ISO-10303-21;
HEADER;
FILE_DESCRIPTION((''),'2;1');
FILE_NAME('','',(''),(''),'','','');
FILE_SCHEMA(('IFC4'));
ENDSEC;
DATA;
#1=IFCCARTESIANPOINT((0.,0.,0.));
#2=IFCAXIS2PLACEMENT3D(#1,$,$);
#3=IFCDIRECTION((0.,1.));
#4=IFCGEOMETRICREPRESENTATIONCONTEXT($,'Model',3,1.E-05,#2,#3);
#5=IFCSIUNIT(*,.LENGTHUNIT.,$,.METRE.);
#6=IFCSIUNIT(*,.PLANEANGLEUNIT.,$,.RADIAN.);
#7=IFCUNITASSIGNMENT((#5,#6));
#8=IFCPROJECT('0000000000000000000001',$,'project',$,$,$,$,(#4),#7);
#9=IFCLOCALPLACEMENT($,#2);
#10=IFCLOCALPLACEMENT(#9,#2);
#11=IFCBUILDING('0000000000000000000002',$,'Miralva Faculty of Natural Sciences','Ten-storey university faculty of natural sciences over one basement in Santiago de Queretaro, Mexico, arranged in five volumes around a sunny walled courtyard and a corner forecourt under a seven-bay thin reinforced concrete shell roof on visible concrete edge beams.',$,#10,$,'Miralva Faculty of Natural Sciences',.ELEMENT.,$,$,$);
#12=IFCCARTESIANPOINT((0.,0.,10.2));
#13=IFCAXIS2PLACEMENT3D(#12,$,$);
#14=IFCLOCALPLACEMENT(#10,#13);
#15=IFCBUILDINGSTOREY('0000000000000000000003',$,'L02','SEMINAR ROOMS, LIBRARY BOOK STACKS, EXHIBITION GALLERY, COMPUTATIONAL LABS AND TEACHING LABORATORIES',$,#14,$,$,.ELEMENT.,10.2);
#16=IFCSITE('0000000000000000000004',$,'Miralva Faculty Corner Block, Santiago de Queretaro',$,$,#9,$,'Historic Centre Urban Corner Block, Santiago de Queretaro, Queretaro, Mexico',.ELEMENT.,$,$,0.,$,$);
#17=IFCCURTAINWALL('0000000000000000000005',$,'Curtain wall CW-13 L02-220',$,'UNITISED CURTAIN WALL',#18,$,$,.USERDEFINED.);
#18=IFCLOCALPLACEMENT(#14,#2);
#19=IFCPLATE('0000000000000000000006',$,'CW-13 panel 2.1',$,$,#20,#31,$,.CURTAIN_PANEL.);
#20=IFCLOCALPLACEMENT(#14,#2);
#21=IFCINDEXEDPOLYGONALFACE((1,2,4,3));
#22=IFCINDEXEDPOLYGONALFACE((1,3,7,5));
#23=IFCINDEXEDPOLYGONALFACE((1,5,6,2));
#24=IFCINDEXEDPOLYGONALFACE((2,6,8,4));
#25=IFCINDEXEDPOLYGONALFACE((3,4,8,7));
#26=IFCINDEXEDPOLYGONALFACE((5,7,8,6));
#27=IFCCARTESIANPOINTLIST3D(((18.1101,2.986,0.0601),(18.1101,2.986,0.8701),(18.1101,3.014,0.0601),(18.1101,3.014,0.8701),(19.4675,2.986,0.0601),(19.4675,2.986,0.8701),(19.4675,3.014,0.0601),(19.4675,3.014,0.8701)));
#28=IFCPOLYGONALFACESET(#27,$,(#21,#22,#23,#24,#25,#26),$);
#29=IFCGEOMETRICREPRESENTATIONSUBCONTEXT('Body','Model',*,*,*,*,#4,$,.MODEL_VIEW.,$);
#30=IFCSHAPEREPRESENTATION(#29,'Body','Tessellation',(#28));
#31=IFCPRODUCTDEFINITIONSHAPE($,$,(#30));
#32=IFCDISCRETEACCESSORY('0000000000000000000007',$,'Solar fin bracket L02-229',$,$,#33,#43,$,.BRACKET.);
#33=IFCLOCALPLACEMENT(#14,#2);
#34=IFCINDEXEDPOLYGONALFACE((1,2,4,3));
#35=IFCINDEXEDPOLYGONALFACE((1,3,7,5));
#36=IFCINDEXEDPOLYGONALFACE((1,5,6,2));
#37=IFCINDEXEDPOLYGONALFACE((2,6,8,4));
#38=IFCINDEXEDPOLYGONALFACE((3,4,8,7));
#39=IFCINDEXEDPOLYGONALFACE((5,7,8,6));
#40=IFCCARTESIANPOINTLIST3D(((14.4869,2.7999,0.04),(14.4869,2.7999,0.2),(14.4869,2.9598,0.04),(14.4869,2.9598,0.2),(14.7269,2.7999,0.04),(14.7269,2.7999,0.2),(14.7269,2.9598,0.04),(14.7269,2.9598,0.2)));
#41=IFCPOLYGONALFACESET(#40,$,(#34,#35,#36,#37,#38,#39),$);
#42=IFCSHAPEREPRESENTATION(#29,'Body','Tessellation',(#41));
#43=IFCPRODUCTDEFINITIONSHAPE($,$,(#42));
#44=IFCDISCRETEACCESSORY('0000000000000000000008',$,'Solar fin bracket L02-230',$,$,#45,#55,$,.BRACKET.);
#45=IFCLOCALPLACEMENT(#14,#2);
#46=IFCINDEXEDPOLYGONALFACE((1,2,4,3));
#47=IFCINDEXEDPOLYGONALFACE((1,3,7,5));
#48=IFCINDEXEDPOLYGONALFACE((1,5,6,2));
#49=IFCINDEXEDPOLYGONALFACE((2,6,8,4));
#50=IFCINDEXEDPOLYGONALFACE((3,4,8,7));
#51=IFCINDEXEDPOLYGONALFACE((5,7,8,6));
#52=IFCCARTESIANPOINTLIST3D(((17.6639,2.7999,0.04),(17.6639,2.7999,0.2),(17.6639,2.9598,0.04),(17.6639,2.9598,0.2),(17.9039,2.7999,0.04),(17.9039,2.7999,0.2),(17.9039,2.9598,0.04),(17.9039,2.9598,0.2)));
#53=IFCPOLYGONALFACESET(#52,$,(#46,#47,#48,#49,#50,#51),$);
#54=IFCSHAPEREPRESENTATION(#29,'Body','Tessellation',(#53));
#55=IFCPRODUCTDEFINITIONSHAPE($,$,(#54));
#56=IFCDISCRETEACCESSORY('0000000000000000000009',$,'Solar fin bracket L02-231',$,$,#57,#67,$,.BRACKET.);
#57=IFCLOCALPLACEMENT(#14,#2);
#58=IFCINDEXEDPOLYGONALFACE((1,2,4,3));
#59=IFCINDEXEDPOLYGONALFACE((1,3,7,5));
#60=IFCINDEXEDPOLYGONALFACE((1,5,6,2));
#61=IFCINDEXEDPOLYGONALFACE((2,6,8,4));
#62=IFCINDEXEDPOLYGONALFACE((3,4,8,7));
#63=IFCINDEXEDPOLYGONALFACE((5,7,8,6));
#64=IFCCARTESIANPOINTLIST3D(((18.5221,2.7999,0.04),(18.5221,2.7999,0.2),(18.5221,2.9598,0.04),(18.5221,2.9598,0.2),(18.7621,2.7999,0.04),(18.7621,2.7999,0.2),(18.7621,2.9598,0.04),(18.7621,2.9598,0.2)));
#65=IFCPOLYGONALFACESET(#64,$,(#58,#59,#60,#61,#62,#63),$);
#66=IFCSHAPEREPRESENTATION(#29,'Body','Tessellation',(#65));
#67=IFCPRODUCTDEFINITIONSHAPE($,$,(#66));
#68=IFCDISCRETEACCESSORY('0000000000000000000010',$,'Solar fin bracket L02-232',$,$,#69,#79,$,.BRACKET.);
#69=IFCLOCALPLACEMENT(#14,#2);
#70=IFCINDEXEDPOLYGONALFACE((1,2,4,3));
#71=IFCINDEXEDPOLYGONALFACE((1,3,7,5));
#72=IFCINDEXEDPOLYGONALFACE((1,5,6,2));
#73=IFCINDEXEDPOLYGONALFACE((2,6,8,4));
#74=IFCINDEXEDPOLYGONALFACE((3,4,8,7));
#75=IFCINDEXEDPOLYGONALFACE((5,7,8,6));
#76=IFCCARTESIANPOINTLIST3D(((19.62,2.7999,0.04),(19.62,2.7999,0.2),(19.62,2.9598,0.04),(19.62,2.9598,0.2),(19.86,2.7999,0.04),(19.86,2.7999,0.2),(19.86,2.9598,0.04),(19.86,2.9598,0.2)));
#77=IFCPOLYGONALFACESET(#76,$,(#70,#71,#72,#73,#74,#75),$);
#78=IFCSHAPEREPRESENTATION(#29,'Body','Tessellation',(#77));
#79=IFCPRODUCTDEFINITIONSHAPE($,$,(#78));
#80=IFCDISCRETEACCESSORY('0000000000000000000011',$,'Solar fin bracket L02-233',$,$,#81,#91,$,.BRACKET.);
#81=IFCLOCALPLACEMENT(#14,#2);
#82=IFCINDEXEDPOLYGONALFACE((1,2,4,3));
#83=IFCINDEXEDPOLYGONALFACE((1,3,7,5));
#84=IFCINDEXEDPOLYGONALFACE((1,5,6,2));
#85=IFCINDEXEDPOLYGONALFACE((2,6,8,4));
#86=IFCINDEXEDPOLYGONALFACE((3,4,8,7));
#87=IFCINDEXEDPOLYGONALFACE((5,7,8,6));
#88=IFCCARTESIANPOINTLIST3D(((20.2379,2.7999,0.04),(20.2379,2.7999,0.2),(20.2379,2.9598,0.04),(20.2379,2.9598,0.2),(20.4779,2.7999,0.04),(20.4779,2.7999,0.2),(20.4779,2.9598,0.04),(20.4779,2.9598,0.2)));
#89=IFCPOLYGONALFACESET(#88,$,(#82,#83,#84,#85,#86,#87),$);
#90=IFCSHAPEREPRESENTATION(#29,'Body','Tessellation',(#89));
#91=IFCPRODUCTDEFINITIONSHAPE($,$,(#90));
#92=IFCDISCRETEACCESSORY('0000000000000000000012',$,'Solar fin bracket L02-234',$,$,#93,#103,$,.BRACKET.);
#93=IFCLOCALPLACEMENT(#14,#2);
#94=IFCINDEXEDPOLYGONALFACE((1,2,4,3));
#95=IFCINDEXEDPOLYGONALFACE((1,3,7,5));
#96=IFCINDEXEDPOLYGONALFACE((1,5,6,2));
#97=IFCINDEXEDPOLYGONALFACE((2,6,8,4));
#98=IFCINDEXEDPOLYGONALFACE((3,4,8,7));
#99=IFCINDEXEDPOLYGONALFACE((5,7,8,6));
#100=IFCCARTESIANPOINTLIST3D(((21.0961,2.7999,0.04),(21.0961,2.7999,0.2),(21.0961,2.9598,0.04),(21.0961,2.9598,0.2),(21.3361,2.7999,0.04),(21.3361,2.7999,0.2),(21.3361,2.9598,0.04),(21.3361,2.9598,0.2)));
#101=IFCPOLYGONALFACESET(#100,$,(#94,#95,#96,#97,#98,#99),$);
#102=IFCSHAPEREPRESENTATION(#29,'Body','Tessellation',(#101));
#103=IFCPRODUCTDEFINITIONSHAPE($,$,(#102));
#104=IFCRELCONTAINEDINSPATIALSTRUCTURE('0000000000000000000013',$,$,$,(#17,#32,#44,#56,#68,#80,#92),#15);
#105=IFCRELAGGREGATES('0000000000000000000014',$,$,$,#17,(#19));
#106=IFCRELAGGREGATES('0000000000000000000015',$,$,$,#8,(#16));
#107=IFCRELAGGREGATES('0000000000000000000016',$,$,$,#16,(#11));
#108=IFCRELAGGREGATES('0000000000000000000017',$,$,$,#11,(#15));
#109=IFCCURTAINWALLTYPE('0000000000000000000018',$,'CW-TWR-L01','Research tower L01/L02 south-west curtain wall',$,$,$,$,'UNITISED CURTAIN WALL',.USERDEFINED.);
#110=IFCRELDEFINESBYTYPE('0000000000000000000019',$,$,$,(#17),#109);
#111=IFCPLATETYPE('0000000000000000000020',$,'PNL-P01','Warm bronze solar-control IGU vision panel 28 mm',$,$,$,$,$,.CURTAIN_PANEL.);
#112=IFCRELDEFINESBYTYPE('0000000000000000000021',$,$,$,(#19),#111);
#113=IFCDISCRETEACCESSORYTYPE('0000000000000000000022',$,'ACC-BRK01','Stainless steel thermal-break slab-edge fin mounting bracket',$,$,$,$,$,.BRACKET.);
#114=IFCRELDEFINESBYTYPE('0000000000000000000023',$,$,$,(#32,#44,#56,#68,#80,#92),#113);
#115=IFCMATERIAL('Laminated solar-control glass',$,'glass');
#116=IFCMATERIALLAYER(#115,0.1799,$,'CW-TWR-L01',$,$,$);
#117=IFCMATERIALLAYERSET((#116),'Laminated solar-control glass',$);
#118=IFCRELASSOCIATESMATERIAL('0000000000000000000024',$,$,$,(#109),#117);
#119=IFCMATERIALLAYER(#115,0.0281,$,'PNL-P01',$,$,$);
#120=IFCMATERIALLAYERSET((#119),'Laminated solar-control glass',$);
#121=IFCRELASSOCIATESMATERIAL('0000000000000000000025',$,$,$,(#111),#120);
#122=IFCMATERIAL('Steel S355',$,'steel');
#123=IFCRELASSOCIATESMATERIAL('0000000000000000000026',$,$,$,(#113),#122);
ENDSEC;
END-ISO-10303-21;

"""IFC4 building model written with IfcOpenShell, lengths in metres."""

from ifc_helpers import new_model, si_unit, direction, frame, origin, origin_2d, place, context, subcontext, project, spatial, rectangle, extrude, material, layer, layer_set, type_object, element, aggregate, save


model = new_model("IFC4")

# Units and contexts
model_context = context("Model", 3, precision=1e-05, world=origin(), true_north=direction((0.0, 1.0)))
body_context = subcontext(model_context, "Body", "Model", "MODEL_VIEW")
ifc_project = project(units=[si_unit("LENGTHUNIT", "METRE"), si_unit("PLANEANGLEUNIT", "RADIAN")], contexts=[model_context])

# Site, building, storey
site_placement = place(None, origin())
site = spatial("IfcSite", under=ifc_project, at=site_placement, Name="Miralva Faculty Corner Block, Santiago de Queretaro", LongName="Historic Centre Urban Corner Block, Santiago de Queretaro, Queretaro, Mexico", CompositionType="ELEMENT", RefElevation=0.0)
building_placement = place(site_placement, origin())
building = spatial("IfcBuilding", under=site, at=building_placement, Name="Miralva Faculty of Natural Sciences", Description="Ten-storey university faculty of natural sciences over one basement in Santiago de Queretaro, Mexico, arranged in five volumes around a sunny walled courtyard and a corner forecourt under a seven-bay thin reinforced concrete shell roof on visible concrete edge beams.", LongName="Miralva Faculty of Natural Sciences", CompositionType="ELEMENT")
storey_placement = place(building_placement, frame((0.0, 0.0, 10.2)))
storey = spatial("IfcBuildingStorey", under=building, at=storey_placement, Name="L02", Description="SEMINAR ROOMS, LIBRARY BOOK STACKS, EXHIBITION GALLERY, COMPUTATIONAL LABS AND TEACHING LABORATORIES", CompositionType="ELEMENT", Elevation=10.2)

# Curtain wall
ifc_material_1 = material(Name="Laminated solar-control glass", Category="glass")
ifc_layer_1 = layer(ifc_material_1, 0.1799, Name="CW-TWR-L01")
ifc_layer_set_1 = layer_set([ifc_layer_1], Name="Laminated solar-control glass")
curtain_wall_type = type_object("IfcCurtainWallType", Name="CW-TWR-L01", Description="Research tower L01/L02 south-west curtain wall", ElementType="UNITISED CURTAIN WALL", PredefinedType="USERDEFINED", material=ifc_layer_set_1)
curtain_wall_1_placement = place(storey_placement, origin())
curtain_wall_1 = element("IfcCurtainWall", 1, at=curtain_wall_1_placement, inside=storey, type_object=curtain_wall_type, Name="Curtain wall CW-13 L02-220", ObjectType="UNITISED CURTAIN WALL", PredefinedType="USERDEFINED")

# Plate
ifc_layer_2 = layer(ifc_material_1, 0.0281, Name="PNL-P01")
ifc_layer_set_2 = layer_set([ifc_layer_2], Name="Laminated solar-control glass")
plate_type = type_object("IfcPlateType", Name="PNL-P01", Description="Warm bronze solar-control IGU vision panel 28 mm", PredefinedType="CURTAIN_PANEL", material=ifc_layer_set_2)
plate_1_placement = place(storey_placement, frame((18.7888, 3.0, 0.0601), z_axis=(0.0, 0.0, 1.0), x_axis=(1.0, 0.0, 0.0)))
plate_1 = element("IfcPlate", 2, at=plate_1_placement, type_object=plate_type, Name="CW-13 panel 2.1", PredefinedType="CURTAIN_PANEL", context=body_context, shape_type="SweptSolid", body=[
    extrude(rectangle(XDim=1.3574, YDim=0.0281, at=origin_2d()), origin(), (0.0, 0.0, 1.0), 0.8101),
])
aggregate(curtain_wall_1, [plate_1])

# Discrete accessories
ifc_material_2 = material(Name="Steel S355", Category="steel")
discrete_accessory_type = type_object("IfcDiscreteAccessoryType", Name="ACC-BRK01", Description="Stainless steel thermal-break slab-edge fin mounting bracket", PredefinedType="BRACKET", material=ifc_material_2)
for number, where, z_axis, x_axis, name in (
    (3, (14.6069, 2.8799, 0.04), (0.0, 0.0, 1.0), (0.0, -1.0, 0.0), "Solar fin bracket L02-229"),
    (4, (17.7839, 2.8799, 0.04), (0.0, 0.0, 1.0), (0.0, -1.0, 0.0), "Solar fin bracket L02-230"),
    (5, (18.6421, 2.8799, 0.04), (0.0, 0.0, 1.0), (0.0, -1.0, 0.0), "Solar fin bracket L02-231"),
    (6, (19.74, 2.8799, 0.04), (0.0, 0.0, 1.0), (0.0, -1.0, 0.0), "Solar fin bracket L02-232"),
    (7, (20.3579, 2.8799, 0.04), (0.0, 0.0, 1.0), (0.0, -1.0, 0.0), "Solar fin bracket L02-233"),
    (8, (21.2161, 2.8799, 0.04), (0.0, 0.0, 1.0), (0.0, -1.0, 0.0), "Solar fin bracket L02-234"),
):
    element("IfcDiscreteAccessory", number, at=place(storey_placement, frame(where, z_axis=z_axis, x_axis=x_axis)), inside=storey, type_object=discrete_accessory_type, Name=name, PredefinedType="BRACKET", context=body_context, shape_type="SweptSolid", body=[
        extrude(rectangle(XDim=0.1599, YDim=0.24, at=origin_2d()), origin(), (0.0, 0.0, 1.0), 0.1599),
    ])

save(model, "model.ifc")
